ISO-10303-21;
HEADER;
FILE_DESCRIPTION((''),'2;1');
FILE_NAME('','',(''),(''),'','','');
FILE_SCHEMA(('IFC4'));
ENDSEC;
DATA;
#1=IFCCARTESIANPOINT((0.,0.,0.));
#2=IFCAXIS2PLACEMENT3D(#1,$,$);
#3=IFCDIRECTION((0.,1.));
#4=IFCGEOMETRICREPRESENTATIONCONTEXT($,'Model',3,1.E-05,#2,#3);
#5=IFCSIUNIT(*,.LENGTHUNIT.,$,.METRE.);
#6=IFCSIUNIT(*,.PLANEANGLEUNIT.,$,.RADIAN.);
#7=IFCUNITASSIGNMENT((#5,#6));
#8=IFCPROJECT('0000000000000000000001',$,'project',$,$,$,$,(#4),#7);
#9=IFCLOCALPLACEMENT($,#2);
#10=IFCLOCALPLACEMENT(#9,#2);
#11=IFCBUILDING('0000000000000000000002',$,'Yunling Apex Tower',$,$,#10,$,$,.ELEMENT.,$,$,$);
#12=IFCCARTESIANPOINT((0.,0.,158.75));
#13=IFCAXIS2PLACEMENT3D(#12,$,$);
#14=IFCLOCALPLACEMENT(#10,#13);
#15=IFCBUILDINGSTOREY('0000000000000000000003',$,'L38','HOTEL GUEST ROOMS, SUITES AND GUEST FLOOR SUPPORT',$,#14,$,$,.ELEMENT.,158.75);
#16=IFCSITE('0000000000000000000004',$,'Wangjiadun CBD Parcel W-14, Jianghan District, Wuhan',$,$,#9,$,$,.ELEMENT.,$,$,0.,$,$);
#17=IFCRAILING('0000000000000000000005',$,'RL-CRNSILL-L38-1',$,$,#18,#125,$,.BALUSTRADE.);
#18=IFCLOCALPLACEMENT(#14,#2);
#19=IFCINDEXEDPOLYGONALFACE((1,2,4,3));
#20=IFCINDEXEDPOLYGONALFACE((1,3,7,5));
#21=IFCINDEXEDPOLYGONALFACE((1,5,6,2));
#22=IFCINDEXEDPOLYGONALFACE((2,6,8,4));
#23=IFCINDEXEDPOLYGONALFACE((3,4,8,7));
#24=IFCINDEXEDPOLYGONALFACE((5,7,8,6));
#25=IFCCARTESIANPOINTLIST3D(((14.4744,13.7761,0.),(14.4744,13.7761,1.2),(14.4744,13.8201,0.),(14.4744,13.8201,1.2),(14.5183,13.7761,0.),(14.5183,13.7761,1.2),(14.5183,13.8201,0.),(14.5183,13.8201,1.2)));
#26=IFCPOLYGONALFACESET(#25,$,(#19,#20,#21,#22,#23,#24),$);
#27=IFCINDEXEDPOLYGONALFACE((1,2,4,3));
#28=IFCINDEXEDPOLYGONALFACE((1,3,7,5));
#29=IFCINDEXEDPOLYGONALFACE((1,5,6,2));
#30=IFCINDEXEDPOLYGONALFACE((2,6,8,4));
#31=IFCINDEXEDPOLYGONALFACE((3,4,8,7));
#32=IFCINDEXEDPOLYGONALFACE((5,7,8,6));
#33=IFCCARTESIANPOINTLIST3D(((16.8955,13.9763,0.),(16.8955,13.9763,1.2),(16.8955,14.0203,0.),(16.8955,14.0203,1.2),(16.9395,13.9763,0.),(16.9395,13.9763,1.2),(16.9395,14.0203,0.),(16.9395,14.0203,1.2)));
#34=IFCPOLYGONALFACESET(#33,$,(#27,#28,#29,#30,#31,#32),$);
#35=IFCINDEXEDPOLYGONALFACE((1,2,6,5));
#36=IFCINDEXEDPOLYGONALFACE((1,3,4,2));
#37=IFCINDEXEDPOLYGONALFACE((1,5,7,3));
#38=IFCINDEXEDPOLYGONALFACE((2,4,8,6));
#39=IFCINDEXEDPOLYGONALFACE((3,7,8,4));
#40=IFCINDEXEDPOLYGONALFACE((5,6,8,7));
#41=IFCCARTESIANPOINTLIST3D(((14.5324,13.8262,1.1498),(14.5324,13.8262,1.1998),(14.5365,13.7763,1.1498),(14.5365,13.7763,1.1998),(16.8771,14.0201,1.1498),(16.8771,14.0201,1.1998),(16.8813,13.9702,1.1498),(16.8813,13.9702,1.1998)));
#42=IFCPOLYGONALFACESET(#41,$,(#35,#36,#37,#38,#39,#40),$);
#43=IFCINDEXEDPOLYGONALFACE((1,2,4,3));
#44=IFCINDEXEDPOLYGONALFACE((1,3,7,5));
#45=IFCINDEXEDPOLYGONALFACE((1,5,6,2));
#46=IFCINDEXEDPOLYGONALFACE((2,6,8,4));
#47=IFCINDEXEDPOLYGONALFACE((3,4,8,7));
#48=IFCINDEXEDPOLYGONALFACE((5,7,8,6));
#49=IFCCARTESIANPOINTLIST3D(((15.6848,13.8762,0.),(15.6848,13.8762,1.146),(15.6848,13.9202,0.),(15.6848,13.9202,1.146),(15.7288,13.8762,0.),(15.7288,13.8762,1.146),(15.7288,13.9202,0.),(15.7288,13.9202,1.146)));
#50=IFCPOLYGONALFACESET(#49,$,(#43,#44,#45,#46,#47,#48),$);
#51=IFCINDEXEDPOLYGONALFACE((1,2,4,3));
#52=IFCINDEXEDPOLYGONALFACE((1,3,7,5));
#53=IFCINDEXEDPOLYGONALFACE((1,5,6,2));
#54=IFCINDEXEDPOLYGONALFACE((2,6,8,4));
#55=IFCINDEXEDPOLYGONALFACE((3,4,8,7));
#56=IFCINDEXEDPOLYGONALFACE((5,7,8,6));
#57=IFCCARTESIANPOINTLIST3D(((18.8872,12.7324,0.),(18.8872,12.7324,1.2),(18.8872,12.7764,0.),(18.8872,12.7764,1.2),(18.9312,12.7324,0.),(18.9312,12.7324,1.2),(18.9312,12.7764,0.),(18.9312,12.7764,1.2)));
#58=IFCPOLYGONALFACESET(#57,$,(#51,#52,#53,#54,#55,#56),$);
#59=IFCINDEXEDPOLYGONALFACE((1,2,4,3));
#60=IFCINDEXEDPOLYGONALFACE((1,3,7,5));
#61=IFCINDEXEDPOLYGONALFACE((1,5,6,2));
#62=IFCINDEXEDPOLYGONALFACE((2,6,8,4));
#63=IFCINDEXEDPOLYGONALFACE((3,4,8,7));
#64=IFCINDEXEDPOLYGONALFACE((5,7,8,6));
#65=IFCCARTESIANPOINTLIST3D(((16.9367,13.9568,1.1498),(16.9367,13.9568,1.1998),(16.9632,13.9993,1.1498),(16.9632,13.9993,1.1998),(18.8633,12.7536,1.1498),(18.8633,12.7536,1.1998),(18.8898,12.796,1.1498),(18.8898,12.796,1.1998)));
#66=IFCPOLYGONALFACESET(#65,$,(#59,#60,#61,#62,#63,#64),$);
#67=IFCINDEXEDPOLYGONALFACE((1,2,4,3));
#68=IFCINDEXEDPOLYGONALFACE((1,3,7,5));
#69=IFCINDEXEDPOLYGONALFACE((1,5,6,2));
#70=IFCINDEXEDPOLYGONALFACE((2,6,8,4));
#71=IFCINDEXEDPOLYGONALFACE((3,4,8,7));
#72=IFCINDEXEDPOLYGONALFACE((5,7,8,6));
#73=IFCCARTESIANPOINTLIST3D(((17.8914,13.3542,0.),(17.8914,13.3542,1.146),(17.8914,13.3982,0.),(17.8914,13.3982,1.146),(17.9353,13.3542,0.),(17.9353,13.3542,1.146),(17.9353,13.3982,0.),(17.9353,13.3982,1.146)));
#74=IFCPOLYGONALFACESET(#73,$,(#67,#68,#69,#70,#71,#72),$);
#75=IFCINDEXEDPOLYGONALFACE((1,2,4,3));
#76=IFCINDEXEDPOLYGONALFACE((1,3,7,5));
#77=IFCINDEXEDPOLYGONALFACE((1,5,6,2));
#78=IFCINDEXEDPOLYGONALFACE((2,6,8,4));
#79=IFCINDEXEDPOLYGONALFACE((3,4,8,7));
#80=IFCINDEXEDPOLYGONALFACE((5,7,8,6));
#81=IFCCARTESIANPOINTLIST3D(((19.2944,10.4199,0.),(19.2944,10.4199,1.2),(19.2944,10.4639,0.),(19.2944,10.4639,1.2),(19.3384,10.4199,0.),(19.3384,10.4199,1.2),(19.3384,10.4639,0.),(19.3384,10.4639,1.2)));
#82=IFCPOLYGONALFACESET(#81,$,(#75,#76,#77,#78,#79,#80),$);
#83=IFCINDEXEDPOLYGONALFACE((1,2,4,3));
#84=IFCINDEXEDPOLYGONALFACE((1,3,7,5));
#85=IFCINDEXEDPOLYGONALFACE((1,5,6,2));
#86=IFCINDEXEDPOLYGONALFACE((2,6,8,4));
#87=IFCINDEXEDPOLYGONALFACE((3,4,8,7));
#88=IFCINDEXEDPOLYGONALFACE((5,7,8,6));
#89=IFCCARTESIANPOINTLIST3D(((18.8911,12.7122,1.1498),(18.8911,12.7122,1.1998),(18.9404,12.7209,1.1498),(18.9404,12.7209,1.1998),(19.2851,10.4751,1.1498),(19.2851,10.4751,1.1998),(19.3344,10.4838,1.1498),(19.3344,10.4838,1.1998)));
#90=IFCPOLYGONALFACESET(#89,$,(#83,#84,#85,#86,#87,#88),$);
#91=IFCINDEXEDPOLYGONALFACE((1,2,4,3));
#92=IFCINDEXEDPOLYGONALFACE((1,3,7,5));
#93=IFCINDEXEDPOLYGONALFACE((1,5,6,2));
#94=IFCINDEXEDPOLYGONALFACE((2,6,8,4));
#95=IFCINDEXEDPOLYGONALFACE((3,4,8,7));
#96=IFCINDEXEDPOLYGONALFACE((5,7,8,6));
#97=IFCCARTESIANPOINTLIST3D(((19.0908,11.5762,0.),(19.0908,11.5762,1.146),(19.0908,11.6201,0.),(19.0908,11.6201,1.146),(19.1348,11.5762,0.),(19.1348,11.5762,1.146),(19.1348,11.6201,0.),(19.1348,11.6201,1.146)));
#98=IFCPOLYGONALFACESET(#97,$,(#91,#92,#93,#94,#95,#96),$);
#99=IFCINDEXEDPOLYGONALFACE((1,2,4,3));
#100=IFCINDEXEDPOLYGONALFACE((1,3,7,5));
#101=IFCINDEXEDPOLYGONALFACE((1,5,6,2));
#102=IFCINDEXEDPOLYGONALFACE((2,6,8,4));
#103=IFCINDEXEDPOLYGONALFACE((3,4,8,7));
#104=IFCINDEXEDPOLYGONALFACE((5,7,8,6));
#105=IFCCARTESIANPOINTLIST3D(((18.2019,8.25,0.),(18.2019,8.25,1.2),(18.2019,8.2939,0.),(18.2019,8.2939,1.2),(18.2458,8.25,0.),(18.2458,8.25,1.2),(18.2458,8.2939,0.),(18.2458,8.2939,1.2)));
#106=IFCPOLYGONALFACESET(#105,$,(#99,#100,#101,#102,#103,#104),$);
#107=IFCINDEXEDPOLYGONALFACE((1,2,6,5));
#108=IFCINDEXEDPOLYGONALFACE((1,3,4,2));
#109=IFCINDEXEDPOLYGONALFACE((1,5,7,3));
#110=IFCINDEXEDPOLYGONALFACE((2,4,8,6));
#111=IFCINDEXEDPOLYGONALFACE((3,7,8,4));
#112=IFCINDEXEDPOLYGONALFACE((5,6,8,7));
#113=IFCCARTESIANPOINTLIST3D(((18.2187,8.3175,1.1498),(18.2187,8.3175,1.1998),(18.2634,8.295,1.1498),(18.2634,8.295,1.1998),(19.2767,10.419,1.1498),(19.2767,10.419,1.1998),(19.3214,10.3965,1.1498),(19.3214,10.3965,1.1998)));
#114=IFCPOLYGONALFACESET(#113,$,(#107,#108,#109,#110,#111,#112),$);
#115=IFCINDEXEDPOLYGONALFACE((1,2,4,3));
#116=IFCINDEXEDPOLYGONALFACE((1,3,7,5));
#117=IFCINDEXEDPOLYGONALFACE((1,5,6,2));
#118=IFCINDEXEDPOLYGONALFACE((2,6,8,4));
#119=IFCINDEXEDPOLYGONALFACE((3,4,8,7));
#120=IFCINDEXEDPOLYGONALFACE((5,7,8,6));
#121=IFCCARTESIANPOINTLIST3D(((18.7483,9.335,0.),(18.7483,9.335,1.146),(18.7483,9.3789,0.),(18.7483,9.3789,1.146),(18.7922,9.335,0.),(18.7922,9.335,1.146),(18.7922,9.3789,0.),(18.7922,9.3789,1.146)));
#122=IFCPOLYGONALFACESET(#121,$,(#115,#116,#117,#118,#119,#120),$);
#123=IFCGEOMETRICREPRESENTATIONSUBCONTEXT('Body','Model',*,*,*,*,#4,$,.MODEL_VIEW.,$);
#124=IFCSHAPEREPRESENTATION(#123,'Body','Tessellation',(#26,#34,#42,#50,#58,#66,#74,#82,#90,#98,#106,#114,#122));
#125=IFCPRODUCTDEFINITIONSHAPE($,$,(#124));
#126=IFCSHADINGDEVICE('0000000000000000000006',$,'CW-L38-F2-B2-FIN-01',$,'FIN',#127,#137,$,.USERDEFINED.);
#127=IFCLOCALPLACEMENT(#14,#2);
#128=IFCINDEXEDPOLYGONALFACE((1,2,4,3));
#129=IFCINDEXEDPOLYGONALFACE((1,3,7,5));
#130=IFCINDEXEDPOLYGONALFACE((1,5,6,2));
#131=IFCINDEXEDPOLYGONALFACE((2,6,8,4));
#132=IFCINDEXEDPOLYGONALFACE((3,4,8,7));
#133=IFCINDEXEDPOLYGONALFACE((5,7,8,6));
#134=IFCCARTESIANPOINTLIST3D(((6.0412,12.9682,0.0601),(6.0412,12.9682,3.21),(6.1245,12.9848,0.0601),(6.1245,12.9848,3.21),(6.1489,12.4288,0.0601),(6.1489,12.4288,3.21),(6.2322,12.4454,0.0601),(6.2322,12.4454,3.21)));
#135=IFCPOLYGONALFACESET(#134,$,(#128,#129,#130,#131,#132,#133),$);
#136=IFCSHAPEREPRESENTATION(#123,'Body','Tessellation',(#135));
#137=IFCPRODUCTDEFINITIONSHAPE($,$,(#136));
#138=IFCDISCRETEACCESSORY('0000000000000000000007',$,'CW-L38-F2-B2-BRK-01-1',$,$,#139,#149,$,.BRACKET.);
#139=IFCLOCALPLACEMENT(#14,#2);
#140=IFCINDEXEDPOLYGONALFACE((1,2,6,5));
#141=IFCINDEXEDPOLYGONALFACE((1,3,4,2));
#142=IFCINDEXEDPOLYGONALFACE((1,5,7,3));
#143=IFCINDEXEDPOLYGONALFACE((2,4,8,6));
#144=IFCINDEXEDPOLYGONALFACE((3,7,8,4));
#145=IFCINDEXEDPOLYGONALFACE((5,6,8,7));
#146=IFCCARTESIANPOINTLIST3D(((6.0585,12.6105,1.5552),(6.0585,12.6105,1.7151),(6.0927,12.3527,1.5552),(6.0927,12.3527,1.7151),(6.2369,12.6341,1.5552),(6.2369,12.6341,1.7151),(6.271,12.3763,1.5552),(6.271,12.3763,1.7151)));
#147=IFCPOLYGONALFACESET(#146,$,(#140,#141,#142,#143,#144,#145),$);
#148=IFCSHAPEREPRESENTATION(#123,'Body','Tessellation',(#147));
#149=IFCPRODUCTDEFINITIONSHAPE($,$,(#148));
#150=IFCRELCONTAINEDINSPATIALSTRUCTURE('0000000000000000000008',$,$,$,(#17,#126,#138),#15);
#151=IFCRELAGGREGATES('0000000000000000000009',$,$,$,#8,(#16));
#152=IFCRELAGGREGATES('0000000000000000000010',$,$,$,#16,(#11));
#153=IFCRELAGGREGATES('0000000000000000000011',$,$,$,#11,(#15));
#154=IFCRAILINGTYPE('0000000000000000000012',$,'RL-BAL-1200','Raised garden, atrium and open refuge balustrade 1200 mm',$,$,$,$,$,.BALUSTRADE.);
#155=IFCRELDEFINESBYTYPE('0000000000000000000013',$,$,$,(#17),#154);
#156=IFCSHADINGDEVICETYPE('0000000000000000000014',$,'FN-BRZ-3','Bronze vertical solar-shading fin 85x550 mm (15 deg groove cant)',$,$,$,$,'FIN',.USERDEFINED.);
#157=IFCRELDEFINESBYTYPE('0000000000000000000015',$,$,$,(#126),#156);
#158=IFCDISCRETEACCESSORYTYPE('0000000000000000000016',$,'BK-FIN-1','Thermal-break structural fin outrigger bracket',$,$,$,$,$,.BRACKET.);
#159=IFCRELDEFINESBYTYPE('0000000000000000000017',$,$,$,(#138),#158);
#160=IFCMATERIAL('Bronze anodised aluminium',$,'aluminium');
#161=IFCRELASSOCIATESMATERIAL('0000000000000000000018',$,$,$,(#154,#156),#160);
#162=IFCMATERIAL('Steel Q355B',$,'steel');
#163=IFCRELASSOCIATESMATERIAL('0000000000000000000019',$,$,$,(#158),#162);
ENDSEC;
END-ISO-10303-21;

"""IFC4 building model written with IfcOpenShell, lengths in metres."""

from ifc_helpers import new_model, si_unit, direction, frame, origin, origin_2d, place, context, subcontext, project, spatial, rectangle, extrude, source, transform, mapped, material, material_profile, profile_set, type_object, element, save


model = new_model("IFC4")

# Units and contexts
model_context = context("Model", 3, precision=1e-05, world=origin(), true_north=direction((0.0, 1.0)))
body_context = subcontext(model_context, "Body", "Model", "MODEL_VIEW")
ifc_project = project(units=[si_unit("LENGTHUNIT", "METRE"), si_unit("PLANEANGLEUNIT", "RADIAN")], contexts=[model_context])

# Site, building, storey
site_placement = place(None, origin())
site = spatial("IfcSite", under=ifc_project, at=site_placement, Name="Wangjiadun CBD Parcel W-14, Jianghan District, Wuhan", CompositionType="ELEMENT", RefElevation=0.0)
building_placement = place(site_placement, origin())
building = spatial("IfcBuilding", under=site, at=building_placement, Name="Yunling Apex Tower", CompositionType="ELEMENT")
storey_placement = place(building_placement, frame((0.0, 0.0, 158.75)))
storey = spatial("IfcBuildingStorey", under=building, at=storey_placement, Name="L38", Description="HOTEL GUEST ROOMS, SUITES AND GUEST FLOOR SUPPORT", CompositionType="ELEMENT", Elevation=158.75)

# Shared definitions
ifc_material_1 = material(Name="Steel Q355B", Category="steel")

# Shared definitions
ifc_material_2 = material(Name="Bronze anodised aluminium", Category="aluminium")

# Railing
railing_type = type_object("IfcRailingType", Name="RL-BAL-1200", Description="Raised garden, atrium and open refuge balustrade 1200 mm", PredefinedType="BALUSTRADE", material=ifc_material_2)
railing_placement = place(storey_placement, frame((14.4963, 13.7981, 0.0)))
element("IfcRailing", 1, at=railing_placement, inside=storey, type_object=railing_type, Name="RL-CRNSILL-L38-1", PredefinedType="BALUSTRADE", context=body_context, shape_type="SweptSolid", body=[
    extrude(rectangle(XDim=0.0439, YDim=0.0439, at=origin_2d()), origin(), (0.0, 0.0, 1.0), 1.2),
    extrude(rectangle(XDim=0.0439, YDim=0.0439, at=origin_2d()), frame((2.4211, 0.2002, 0.0)), (0.0, 0.0, 1.0), 1.2),
    extrude(rectangle(XDim=0.05, YDim=0.05, at=origin_2d()), frame((0.0381, 0.0032, 1.1748), z_axis=(0.996599, 0.082405, 0.0), x_axis=(-0.082405, 0.996599, 0.0)), (0.0, 0.0, 1.0), 2.3528),
    extrude(rectangle(XDim=0.0439, YDim=0.0439, at=origin_2d()), frame((1.2104, 0.1001, 0.0)), (0.0, 0.0, 1.0), 1.146),
    extrude(rectangle(XDim=0.0439, YDim=0.0439, at=origin_2d()), frame((4.4128, -1.0437, 0.0)), (0.0, 0.0, 1.0), 1.2),
    extrude(rectangle(XDim=0.05, YDim=0.05, at=origin_2d()), frame((2.4536, 0.1799, 1.1748), z_axis=(0.848173, -0.529719, 0.0), x_axis=(0.529719, 0.848173, 0.0)), (0.0, 0.0, 1.0), 2.2715),
    extrude(rectangle(XDim=0.0439, YDim=0.0439, at=origin_2d()), frame((3.417, -0.4219, 0.0)), (0.0, 0.0, 1.0), 1.146),
    extrude(rectangle(XDim=0.0439, YDim=0.0439, at=origin_2d()), frame((4.8201, -3.3562, 0.0)), (0.0, 0.0, 1.0), 1.2),
    extrude(rectangle(XDim=0.05, YDim=0.05, at=origin_2d()), frame((4.4194, -1.0815, 1.1748), z_axis=(0.173429, -0.984846, 0.0), x_axis=(0.984846, 0.173429, 0.0)), (0.0, 0.0, 1.0), 2.2715),
    extrude(rectangle(XDim=0.0439, YDim=0.0439, at=origin_2d()), frame((4.6165, -2.2, 0.0)), (0.0, 0.0, 1.0), 1.146),
    extrude(rectangle(XDim=0.0439, YDim=0.0439, at=origin_2d()), frame((3.7275, -5.5261, 0.0)), (0.0, 0.0, 1.0), 1.2),
    extrude(rectangle(XDim=0.05, YDim=0.05, at=origin_2d()), frame((4.8027, -3.3904, 1.1748), z_axis=(-0.449704, -0.893178, 0.0), x_axis=(0.893178, -0.449704, 0.0)), (0.0, 0.0, 1.0), 2.3528),
    extrude(rectangle(XDim=0.0439, YDim=0.0439, at=origin_2d()), frame((4.2739, -4.4412, 0.0)), (0.0, 0.0, 1.0), 1.146),
])

# Shading device
ifc_material_profile_1 = material_profile(ifc_material_2, rectangle(XDim=0.085, YDim=0.55, at=origin_2d()))
ifc_profile_set_1 = profile_set([ifc_material_profile_1], Name="Bronze anodised aluminium")
shading_device_type = type_object("IfcShadingDeviceType", Name="FN-BRZ-3", Description="Bronze vertical solar-shading fin 85x550 mm (15 deg groove cant)", ElementType="FIN", PredefinedType="USERDEFINED", material=ifc_profile_set_1)
shared_shape_1 = source(origin(), body_context, "Body", "SweptSolid", [
    extrude(rectangle(XDim=0.085, YDim=0.55, at=origin_2d()), origin(), (0.0, 0.0, 1.0), 3.1499),
])
shading_device_placement = place(storey_placement, frame((6.1367, 12.7068, 0.0601), z_axis=(0.0, 0.0, 1.0), x_axis=(-0.980649, -0.195775, 0.0)))
element("IfcShadingDevice", 2, at=shading_device_placement, inside=storey, type_object=shading_device_type, Name="CW-L38-F2-B2-FIN-01", ObjectType="FIN", PredefinedType="USERDEFINED", context=body_context, shape_type="MappedRepresentation", body=[
    mapped(shared_shape_1, transform((0.0, 0.0, 0.0), scale=1.0)),
])

# Discrete accessory
discrete_accessory_type = type_object("IfcDiscreteAccessoryType", Name="BK-FIN-1", Description="Thermal-break structural fin outrigger bracket", PredefinedType="BRACKET", material=ifc_material_1)
shared_shape_2 = source(origin(), body_context, "Body", "SweptSolid", [
    extrude(rectangle(XDim=0.1799, YDim=0.26, at=origin_2d()), origin(), (0.0, 0.0, 1.0), 0.1599),
])
discrete_accessory_placement = place(storey_placement, frame((6.1648, 12.4934, 1.5552), z_axis=(0.0, 0.0, 1.0), x_axis=(-0.991353, -0.131218, 0.0)))
element("IfcDiscreteAccessory", 3, at=discrete_accessory_placement, inside=storey, type_object=discrete_accessory_type, Name="CW-L38-F2-B2-BRK-01-1", PredefinedType="BRACKET", context=body_context, shape_type="MappedRepresentation", body=[
    mapped(shared_shape_2, transform((0.0, 0.0, 0.0), scale=1.0)),
])

save(model, "model.ifc")
